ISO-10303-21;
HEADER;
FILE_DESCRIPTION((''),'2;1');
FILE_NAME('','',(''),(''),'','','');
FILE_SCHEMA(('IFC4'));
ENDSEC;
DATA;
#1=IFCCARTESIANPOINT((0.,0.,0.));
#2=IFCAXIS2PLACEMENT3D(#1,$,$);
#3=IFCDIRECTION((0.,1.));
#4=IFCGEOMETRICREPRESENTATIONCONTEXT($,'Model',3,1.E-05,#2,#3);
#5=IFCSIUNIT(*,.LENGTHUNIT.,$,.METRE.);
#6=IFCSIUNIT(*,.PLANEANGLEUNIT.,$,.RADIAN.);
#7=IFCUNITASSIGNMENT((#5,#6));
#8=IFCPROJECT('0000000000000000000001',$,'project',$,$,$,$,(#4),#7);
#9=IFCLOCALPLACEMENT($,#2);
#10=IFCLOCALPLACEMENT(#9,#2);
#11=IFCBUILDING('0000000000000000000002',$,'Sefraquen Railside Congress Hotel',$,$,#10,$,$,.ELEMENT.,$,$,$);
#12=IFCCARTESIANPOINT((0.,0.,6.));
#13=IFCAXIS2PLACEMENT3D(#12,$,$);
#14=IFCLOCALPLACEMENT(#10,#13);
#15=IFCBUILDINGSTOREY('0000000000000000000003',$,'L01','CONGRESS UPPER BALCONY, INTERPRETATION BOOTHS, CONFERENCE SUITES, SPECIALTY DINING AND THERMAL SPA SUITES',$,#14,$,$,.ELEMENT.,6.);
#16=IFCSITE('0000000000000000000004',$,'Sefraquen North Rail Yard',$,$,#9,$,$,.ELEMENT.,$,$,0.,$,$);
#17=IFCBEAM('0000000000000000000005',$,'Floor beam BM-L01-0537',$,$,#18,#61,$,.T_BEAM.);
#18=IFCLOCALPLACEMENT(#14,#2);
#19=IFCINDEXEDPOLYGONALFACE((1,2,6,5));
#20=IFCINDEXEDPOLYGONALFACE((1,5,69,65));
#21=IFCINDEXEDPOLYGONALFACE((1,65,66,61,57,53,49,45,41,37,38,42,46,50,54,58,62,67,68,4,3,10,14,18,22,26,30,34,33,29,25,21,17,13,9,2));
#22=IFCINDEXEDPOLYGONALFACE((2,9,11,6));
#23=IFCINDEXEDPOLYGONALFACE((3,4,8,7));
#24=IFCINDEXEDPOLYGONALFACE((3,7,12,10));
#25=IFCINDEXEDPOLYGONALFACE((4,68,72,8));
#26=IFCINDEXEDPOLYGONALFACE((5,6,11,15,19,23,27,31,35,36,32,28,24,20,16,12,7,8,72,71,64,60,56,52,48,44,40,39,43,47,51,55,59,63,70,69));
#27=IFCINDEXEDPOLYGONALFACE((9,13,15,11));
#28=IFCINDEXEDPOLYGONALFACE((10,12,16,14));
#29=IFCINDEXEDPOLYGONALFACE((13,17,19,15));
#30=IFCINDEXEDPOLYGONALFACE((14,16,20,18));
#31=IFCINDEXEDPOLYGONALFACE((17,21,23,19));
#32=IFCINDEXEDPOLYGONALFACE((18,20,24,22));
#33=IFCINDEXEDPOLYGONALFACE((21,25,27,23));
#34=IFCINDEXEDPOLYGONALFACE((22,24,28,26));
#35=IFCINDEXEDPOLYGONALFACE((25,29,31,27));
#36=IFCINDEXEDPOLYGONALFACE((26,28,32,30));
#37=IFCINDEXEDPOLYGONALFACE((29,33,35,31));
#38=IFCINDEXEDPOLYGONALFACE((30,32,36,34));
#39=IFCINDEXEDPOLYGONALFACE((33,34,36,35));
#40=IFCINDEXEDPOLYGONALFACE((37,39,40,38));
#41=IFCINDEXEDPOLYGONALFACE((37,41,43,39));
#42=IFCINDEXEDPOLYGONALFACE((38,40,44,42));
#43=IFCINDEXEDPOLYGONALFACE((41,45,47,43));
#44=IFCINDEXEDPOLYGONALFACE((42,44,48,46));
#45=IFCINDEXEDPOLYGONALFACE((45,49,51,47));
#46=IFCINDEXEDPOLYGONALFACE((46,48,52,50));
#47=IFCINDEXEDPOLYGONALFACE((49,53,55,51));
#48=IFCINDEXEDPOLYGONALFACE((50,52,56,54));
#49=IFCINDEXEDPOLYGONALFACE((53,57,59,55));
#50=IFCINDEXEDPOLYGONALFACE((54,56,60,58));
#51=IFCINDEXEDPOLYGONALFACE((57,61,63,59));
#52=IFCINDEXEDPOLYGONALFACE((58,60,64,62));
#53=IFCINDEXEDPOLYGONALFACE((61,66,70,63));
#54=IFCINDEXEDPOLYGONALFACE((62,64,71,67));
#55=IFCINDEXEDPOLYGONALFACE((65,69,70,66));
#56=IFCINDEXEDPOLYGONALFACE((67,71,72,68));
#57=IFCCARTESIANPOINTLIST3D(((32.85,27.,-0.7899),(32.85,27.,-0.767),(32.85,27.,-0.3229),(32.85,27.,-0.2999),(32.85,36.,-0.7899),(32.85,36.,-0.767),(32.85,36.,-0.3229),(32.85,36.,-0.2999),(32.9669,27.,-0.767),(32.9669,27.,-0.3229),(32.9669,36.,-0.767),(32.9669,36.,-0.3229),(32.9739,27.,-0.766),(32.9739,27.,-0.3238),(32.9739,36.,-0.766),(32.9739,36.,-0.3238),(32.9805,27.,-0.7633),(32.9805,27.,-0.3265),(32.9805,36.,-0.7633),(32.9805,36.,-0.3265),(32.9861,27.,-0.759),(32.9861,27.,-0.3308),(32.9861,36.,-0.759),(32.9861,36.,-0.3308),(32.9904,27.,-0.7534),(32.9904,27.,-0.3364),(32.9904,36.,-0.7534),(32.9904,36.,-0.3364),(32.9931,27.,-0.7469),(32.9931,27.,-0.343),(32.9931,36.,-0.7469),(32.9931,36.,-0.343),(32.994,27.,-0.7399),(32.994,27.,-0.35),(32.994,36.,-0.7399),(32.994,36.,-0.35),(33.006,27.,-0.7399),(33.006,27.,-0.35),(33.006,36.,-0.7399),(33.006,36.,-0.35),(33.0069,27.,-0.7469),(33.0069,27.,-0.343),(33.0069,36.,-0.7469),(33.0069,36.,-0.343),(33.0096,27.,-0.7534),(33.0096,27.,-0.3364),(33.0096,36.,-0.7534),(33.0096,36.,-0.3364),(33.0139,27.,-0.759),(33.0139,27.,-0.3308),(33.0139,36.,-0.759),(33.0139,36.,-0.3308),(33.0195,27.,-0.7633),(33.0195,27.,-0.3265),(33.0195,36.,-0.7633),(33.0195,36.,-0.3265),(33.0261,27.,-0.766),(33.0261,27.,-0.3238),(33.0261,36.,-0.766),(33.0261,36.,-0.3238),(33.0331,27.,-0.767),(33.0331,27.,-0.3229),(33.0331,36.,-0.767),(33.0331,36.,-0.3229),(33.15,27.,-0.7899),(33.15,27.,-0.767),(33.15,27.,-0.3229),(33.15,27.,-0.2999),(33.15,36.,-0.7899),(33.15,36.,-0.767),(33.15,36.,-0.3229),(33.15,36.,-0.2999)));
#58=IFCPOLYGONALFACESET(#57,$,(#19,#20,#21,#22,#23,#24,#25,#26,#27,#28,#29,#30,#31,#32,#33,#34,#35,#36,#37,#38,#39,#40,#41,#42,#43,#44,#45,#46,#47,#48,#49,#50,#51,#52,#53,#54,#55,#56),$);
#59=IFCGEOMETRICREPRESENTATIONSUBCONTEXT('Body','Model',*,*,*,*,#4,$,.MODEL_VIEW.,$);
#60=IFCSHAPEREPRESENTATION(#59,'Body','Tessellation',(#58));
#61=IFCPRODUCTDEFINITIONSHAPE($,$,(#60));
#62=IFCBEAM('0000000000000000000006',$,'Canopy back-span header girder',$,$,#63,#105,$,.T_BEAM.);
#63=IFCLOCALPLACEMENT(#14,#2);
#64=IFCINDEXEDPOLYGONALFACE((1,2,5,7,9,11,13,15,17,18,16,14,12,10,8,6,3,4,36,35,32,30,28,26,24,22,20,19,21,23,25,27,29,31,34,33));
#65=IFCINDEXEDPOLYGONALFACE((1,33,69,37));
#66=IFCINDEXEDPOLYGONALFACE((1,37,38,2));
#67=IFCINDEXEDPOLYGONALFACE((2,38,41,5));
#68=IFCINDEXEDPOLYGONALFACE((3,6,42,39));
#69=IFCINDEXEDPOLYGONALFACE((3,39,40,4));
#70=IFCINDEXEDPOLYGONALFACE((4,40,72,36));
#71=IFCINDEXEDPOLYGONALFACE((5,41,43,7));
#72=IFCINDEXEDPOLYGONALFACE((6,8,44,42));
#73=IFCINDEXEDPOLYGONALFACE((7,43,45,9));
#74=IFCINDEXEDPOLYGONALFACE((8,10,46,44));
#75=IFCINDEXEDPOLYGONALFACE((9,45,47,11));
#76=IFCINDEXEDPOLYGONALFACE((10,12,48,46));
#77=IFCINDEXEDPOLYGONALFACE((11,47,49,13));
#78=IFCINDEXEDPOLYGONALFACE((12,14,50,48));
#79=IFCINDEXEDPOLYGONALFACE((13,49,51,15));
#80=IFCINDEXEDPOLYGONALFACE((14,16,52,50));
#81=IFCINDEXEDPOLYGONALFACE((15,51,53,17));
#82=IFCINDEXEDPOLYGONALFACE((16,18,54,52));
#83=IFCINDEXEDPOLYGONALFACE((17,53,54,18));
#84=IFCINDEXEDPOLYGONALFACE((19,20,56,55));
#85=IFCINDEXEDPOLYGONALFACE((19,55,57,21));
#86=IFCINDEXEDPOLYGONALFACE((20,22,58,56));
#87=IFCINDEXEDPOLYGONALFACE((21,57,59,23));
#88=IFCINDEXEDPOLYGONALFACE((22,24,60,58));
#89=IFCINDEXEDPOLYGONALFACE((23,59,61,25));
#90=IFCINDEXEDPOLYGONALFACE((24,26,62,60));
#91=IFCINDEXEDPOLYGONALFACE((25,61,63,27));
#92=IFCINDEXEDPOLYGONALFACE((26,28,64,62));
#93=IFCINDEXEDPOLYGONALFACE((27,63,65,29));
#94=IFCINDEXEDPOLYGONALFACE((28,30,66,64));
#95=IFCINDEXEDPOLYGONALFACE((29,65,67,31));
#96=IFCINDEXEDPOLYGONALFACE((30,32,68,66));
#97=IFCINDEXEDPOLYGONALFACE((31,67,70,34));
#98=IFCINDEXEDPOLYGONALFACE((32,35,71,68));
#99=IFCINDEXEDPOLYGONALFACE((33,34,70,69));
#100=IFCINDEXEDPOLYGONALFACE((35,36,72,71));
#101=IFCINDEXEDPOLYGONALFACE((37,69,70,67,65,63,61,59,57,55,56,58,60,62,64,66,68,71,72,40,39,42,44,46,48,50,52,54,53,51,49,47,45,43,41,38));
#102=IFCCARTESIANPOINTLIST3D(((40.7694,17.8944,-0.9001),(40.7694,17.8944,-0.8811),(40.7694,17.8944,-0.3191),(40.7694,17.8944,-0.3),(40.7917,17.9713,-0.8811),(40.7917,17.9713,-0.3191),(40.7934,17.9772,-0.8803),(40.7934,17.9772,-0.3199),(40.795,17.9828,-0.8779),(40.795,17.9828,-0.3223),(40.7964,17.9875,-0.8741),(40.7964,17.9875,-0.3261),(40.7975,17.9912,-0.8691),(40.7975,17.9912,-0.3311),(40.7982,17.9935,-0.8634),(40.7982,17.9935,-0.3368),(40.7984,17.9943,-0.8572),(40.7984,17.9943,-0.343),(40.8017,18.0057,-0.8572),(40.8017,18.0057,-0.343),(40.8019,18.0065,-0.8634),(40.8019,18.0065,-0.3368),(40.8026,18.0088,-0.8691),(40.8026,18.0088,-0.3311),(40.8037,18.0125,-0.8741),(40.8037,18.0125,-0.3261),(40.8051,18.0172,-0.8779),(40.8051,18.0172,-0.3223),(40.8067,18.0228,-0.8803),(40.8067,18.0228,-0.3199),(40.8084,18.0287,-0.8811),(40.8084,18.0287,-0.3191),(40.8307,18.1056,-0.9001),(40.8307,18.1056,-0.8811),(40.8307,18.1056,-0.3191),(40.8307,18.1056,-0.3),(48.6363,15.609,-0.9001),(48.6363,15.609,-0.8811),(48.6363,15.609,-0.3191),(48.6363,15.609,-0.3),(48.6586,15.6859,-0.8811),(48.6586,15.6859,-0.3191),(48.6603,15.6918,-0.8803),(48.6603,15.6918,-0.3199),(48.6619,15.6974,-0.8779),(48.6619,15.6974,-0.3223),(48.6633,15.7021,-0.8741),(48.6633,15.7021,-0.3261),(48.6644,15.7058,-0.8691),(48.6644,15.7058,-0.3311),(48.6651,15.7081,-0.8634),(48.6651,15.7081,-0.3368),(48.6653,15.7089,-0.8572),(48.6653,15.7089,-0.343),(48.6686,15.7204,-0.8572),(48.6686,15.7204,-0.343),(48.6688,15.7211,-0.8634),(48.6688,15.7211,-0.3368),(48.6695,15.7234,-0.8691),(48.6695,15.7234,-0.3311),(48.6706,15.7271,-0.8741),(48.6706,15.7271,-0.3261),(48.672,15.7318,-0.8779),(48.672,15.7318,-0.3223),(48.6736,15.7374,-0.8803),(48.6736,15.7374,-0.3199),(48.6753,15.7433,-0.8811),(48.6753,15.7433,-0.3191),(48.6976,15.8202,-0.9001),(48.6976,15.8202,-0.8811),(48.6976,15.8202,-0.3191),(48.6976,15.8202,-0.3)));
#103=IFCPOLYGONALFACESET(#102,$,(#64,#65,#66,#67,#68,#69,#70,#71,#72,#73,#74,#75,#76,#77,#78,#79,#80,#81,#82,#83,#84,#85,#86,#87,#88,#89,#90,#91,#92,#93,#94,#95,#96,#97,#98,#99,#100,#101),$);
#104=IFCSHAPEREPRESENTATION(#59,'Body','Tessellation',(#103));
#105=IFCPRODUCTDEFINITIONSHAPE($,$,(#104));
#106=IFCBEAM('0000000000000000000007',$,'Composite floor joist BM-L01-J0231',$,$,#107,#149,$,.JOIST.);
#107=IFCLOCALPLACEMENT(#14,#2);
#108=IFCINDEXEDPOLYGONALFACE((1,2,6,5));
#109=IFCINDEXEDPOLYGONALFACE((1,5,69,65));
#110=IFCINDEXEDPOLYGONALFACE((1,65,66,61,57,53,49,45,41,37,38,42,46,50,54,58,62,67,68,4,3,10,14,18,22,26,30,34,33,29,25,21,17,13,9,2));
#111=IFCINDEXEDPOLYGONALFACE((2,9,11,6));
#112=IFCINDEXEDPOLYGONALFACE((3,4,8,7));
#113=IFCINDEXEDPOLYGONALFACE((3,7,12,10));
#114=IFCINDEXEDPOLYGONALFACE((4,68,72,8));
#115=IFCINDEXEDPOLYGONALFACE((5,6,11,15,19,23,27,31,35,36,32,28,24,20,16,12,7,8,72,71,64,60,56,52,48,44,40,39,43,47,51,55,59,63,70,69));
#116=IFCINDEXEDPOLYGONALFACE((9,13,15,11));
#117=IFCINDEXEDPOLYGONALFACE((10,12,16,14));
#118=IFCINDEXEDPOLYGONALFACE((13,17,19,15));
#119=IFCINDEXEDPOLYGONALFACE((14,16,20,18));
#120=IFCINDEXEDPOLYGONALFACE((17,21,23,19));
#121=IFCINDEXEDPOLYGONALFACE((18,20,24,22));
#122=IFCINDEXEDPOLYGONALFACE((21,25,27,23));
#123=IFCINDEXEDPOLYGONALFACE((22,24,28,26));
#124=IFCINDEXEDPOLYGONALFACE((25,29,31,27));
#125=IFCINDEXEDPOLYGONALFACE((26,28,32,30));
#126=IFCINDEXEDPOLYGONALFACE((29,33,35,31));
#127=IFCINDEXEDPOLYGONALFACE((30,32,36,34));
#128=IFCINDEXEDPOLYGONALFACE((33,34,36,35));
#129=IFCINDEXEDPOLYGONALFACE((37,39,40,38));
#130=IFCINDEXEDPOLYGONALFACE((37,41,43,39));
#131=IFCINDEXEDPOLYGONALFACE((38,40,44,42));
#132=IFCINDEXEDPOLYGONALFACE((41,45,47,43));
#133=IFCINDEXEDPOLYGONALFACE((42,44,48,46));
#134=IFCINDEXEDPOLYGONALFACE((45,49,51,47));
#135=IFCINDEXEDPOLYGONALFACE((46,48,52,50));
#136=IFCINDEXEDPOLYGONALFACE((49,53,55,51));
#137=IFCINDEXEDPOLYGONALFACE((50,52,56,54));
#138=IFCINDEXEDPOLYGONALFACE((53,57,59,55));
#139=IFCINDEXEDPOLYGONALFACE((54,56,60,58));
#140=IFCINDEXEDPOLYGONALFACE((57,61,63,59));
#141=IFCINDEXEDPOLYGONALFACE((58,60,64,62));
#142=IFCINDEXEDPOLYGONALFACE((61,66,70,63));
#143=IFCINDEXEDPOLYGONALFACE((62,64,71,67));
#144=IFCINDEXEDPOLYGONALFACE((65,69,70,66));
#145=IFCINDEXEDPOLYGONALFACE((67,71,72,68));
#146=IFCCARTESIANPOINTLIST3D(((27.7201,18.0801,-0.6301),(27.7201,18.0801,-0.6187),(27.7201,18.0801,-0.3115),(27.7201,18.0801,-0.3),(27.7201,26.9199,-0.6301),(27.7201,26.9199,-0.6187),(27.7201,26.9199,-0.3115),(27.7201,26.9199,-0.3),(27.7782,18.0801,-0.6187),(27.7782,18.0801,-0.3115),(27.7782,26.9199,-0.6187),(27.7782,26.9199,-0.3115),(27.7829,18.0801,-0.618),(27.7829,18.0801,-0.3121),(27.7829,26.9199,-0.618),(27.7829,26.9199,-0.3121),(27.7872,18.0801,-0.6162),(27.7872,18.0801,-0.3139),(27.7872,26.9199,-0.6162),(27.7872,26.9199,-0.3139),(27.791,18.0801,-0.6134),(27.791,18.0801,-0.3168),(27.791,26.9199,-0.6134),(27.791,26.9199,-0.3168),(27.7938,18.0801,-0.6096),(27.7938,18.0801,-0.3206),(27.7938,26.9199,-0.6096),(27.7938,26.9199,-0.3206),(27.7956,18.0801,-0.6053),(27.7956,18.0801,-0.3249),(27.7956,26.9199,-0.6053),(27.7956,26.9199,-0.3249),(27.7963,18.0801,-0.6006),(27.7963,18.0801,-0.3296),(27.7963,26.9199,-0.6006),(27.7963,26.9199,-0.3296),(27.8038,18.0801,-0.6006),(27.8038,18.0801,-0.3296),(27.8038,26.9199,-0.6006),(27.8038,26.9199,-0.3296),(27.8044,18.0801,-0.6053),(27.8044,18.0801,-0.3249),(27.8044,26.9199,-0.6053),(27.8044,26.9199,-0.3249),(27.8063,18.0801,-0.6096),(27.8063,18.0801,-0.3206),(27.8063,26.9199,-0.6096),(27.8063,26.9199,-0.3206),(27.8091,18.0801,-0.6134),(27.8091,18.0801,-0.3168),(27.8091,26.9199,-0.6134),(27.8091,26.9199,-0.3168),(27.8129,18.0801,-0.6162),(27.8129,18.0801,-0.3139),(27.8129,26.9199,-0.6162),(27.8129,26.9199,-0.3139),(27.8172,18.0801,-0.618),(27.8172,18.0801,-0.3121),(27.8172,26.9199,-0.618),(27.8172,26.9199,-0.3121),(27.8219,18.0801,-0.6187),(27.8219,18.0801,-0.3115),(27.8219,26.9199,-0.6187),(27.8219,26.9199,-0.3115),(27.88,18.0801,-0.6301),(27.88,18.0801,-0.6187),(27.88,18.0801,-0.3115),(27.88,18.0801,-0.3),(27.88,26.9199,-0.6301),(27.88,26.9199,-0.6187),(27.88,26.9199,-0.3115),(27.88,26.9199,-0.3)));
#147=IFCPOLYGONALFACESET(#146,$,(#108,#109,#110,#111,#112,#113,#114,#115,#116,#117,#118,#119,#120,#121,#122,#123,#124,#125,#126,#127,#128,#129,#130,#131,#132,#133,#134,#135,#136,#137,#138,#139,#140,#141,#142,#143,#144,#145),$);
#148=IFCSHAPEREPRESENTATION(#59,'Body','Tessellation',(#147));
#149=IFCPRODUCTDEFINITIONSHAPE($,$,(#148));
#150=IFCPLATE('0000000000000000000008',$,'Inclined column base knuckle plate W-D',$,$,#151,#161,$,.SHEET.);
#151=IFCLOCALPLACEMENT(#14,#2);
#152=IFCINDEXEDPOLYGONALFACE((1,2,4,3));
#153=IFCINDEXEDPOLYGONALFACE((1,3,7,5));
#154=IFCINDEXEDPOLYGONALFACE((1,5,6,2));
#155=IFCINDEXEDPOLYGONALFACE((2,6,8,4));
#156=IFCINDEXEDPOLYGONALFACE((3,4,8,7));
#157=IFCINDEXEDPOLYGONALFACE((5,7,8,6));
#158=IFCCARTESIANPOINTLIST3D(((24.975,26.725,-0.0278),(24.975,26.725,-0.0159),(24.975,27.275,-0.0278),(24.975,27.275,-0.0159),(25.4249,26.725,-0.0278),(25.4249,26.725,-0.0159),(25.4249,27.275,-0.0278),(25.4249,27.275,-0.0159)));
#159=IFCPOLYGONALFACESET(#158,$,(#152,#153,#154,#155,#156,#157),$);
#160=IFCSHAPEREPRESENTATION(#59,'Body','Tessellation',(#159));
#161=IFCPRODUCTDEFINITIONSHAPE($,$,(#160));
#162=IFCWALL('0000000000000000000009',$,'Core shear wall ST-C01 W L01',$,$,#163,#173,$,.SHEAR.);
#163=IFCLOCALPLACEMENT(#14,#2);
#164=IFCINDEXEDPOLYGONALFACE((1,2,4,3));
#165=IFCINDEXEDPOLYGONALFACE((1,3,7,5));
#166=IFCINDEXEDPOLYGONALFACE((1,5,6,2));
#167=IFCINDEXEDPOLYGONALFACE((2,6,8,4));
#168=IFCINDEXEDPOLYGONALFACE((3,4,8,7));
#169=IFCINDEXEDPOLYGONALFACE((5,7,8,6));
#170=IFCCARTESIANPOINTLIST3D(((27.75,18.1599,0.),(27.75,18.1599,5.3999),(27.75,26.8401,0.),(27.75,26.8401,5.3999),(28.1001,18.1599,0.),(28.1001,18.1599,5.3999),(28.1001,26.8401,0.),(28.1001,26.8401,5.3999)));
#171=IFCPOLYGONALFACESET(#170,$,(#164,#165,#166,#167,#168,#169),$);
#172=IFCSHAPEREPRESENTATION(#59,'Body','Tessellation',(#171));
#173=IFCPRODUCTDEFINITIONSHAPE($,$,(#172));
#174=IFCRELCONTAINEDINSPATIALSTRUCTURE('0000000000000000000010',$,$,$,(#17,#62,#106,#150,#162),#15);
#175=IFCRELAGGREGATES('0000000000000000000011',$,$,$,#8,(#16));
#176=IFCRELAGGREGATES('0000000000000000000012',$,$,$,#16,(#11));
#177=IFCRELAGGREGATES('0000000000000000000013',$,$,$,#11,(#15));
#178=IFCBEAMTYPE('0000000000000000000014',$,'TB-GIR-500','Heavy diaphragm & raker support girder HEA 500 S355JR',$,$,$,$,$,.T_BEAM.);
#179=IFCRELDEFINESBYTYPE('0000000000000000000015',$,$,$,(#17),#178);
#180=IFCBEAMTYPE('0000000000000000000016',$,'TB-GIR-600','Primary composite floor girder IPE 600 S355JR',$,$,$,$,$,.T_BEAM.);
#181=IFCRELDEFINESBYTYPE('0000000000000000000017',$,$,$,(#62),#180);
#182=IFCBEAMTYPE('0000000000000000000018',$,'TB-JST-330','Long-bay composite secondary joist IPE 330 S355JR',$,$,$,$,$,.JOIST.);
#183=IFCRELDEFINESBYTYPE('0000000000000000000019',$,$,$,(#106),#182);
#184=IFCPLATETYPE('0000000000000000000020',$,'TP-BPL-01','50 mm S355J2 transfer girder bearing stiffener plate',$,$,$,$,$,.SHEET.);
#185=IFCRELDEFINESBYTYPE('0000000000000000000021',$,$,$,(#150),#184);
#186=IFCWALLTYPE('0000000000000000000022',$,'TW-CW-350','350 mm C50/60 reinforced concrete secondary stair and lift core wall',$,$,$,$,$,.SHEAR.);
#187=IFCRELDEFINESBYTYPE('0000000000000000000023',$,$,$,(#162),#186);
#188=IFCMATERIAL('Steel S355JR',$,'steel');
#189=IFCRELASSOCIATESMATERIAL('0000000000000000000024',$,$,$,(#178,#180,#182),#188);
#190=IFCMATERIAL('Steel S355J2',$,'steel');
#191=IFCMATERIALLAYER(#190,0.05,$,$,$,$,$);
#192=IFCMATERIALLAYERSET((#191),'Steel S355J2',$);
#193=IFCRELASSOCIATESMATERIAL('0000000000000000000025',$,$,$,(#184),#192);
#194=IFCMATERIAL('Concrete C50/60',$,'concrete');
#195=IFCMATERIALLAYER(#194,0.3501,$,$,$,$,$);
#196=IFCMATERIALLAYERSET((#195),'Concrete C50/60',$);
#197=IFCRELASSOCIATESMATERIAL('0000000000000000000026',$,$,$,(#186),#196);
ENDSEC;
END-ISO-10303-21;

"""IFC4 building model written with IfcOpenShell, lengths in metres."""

from ifc_helpers import new_model, si_unit, direction, frame, frame_2d, origin, origin_2d, place, context, subcontext, project, spatial, rectangle, i_section, extrude, material, layer, layer_set, material_profile, profile_set, type_object, element, save


model = new_model("IFC4")

# Units and contexts
model_context = context("Model", 3, precision=1e-05, world=origin(), true_north=direction((0.0, 1.0)))
body_context = subcontext(model_context, "Body", "Model", "MODEL_VIEW")
ifc_project = project(units=[si_unit("LENGTHUNIT", "METRE"), si_unit("PLANEANGLEUNIT", "RADIAN")], contexts=[model_context])

# Site, building, storey
site_placement = place(None, origin())
site = spatial("IfcSite", under=ifc_project, at=site_placement, Name="Sefraquen North Rail Yard", CompositionType="ELEMENT", RefElevation=0.0)
building_placement = place(site_placement, origin())
building = spatial("IfcBuilding", under=site, at=building_placement, Name="Sefraquen Railside Congress Hotel", CompositionType="ELEMENT")
storey_placement = place(building_placement, frame((0.0, 0.0, 6.0)))
storey = spatial("IfcBuildingStorey", under=building, at=storey_placement, Name="L01", Description="CONGRESS UPPER BALCONY, INTERPRETATION BOOTHS, CONFERENCE SUITES, SPECIALTY DINING AND THERMAL SPA SUITES", CompositionType="ELEMENT", Elevation=6.0)

# Shared definitions
ifc_material_1 = material(Name="Steel S355JR", Category="steel")
ifc_material_2 = material(Name="Steel S355J2", Category="steel")

# Beams
ifc_material_profile_1 = material_profile(ifc_material_1, i_section(OverallWidth=0.3, OverallDepth=0.49, WebThickness=0.012, FlangeThickness=0.0229, FilletRadius=0.0271, at=origin_2d()), Name="HEA 500")
ifc_profile_set_1 = profile_set([ifc_material_profile_1], Name="Steel S355JR")
beam_type_1 = type_object("IfcBeamType", Name="TB-GIR-500", Description="Heavy diaphragm & raker support girder HEA 500 S355JR", PredefinedType="T_BEAM", material=ifc_profile_set_1)
for number, where, z_axis, x_axis, name in (
    (1, (33.0, 27.0, -0.5449), (0.0, 1.0, 0.0), (-1.0, 0.0, 0.0), "Floor beam BM-L01-0537"),
):
    element("IfcBeam", number, at=place(storey_placement, frame(where, z_axis=z_axis, x_axis=x_axis)), inside=storey, type_object=beam_type_1, Name=name, PredefinedType="T_BEAM", context=body_context, shape_type="SweptSolid", body=[
        extrude(i_section(OverallWidth=0.3, OverallDepth=0.49, WebThickness=0.012, FlangeThickness=0.0229, FilletRadius=0.0271, at=origin_2d()), origin(), (0.0, 0.0, 1.0), 9.0),
    ])
ifc_material_profile_2 = material_profile(ifc_material_1, i_section(OverallWidth=0.22, OverallDepth=0.6001, WebThickness=0.012, FlangeThickness=0.019, FilletRadius=0.0239, at=origin_2d()), Name="IPE 600")
ifc_profile_set_2 = profile_set([ifc_material_profile_2], Name="Steel S355JR")
beam_type_2 = type_object("IfcBeamType", Name="TB-GIR-600", Description="Primary composite floor girder IPE 600 S355JR", PredefinedType="T_BEAM", material=ifc_profile_set_2)
beam_1_placement = place(storey_placement, frame((40.8, 18.0, -0.6001), z_axis=(0.960299, -0.278973, 0.0), x_axis=(0.278973, 0.960299, 0.0)))
element("IfcBeam", 2, at=beam_1_placement, inside=storey, type_object=beam_type_2, Name="Canopy back-span header girder", PredefinedType="T_BEAM", context=body_context, shape_type="SweptSolid", body=[
    extrude(i_section(OverallWidth=0.22, OverallDepth=0.6001, WebThickness=0.012, FlangeThickness=0.019, FilletRadius=0.0239, at=origin_2d()), origin(), (0.0, 0.0, 1.0), 8.1921),
])
ifc_material_profile_3 = material_profile(ifc_material_1, i_section(OverallWidth=0.1599, OverallDepth=0.3301, WebThickness=0.0076, FlangeThickness=0.0115, FilletRadius=0.0181, at=origin_2d()), Name="IPE 330")
ifc_profile_set_3 = profile_set([ifc_material_profile_3], Name="Steel S355JR")
beam_type_3 = type_object("IfcBeamType", Name="TB-JST-330", Description="Long-bay composite secondary joist IPE 330 S355JR", PredefinedType="JOIST", material=ifc_profile_set_3)
beam_2_placement = place(storey_placement, frame((27.8, 18.0801, -0.4651), z_axis=(0.0, 1.0, 0.0), x_axis=(-1.0, 0.0, 0.0)))
element("IfcBeam", 3, at=beam_2_placement, inside=storey, type_object=beam_type_3, Name="Composite floor joist BM-L01-J0231", PredefinedType="JOIST", context=body_context, shape_type="SweptSolid", body=[
    extrude(i_section(OverallWidth=0.1599, OverallDepth=0.3301, WebThickness=0.0076, FlangeThickness=0.0115, FilletRadius=0.0181, at=origin_2d()), origin(), (0.0, 0.0, 1.0), 8.8398),
])

# Plate
ifc_layer_1 = layer(ifc_material_2, 0.05)
ifc_layer_set_1 = layer_set([ifc_layer_1], Name="Steel S355J2")
plate_type = type_object("IfcPlateType", Name="TP-BPL-01", Description="50 mm S355J2 transfer girder bearing stiffener plate", PredefinedType="SHEET", material=ifc_layer_set_1)
plate_placement = place(storey_placement, frame((25.2, 27.0, -0.0278), z_axis=(0.0, 0.0, 1.0), x_axis=(1.0, 0.0, 0.0)))
element("IfcPlate", 4, at=plate_placement, inside=storey, type_object=plate_type, Name="Inclined column base knuckle plate W-D", PredefinedType="SHEET", context=body_context, shape_type="SweptSolid", body=[
    extrude(rectangle(XDim=0.45, YDim=0.55, at=origin_2d()), origin(), (0.0, 0.0, 1.0), 0.012),
])

# Wall
ifc_material_3 = material(Name="Concrete C50/60", Category="concrete")
ifc_layer_2 = layer(ifc_material_3, 0.3501)
ifc_layer_set_2 = layer_set([ifc_layer_2], Name="Concrete C50/60")
wall_type_1 = type_object("IfcWallType", Name="TW-CW-350", Description="350 mm C50/60 reinforced concrete secondary stair and lift core wall", PredefinedType="SHEAR", material=ifc_layer_set_2)
wall_1_placement = place(storey_placement, frame((27.925, 18.1599, 0.0), z_axis=(0.0, 0.0, 1.0), x_axis=(0.0, 1.0, 0.0)))
element("IfcWall", 5, at=wall_1_placement, inside=storey, type_object=wall_type_1, Name="Core shear wall ST-C01 W L01", PredefinedType="SHEAR", context=body_context, shape_type="SweptSolid", body=[
    extrude(rectangle(XDim=8.6802, YDim=0.3501, at=frame_2d((4.3401, 0.0))), origin(), (0.0, 0.0, 1.0), 5.3999),
])

save(model, "model.ifc")
